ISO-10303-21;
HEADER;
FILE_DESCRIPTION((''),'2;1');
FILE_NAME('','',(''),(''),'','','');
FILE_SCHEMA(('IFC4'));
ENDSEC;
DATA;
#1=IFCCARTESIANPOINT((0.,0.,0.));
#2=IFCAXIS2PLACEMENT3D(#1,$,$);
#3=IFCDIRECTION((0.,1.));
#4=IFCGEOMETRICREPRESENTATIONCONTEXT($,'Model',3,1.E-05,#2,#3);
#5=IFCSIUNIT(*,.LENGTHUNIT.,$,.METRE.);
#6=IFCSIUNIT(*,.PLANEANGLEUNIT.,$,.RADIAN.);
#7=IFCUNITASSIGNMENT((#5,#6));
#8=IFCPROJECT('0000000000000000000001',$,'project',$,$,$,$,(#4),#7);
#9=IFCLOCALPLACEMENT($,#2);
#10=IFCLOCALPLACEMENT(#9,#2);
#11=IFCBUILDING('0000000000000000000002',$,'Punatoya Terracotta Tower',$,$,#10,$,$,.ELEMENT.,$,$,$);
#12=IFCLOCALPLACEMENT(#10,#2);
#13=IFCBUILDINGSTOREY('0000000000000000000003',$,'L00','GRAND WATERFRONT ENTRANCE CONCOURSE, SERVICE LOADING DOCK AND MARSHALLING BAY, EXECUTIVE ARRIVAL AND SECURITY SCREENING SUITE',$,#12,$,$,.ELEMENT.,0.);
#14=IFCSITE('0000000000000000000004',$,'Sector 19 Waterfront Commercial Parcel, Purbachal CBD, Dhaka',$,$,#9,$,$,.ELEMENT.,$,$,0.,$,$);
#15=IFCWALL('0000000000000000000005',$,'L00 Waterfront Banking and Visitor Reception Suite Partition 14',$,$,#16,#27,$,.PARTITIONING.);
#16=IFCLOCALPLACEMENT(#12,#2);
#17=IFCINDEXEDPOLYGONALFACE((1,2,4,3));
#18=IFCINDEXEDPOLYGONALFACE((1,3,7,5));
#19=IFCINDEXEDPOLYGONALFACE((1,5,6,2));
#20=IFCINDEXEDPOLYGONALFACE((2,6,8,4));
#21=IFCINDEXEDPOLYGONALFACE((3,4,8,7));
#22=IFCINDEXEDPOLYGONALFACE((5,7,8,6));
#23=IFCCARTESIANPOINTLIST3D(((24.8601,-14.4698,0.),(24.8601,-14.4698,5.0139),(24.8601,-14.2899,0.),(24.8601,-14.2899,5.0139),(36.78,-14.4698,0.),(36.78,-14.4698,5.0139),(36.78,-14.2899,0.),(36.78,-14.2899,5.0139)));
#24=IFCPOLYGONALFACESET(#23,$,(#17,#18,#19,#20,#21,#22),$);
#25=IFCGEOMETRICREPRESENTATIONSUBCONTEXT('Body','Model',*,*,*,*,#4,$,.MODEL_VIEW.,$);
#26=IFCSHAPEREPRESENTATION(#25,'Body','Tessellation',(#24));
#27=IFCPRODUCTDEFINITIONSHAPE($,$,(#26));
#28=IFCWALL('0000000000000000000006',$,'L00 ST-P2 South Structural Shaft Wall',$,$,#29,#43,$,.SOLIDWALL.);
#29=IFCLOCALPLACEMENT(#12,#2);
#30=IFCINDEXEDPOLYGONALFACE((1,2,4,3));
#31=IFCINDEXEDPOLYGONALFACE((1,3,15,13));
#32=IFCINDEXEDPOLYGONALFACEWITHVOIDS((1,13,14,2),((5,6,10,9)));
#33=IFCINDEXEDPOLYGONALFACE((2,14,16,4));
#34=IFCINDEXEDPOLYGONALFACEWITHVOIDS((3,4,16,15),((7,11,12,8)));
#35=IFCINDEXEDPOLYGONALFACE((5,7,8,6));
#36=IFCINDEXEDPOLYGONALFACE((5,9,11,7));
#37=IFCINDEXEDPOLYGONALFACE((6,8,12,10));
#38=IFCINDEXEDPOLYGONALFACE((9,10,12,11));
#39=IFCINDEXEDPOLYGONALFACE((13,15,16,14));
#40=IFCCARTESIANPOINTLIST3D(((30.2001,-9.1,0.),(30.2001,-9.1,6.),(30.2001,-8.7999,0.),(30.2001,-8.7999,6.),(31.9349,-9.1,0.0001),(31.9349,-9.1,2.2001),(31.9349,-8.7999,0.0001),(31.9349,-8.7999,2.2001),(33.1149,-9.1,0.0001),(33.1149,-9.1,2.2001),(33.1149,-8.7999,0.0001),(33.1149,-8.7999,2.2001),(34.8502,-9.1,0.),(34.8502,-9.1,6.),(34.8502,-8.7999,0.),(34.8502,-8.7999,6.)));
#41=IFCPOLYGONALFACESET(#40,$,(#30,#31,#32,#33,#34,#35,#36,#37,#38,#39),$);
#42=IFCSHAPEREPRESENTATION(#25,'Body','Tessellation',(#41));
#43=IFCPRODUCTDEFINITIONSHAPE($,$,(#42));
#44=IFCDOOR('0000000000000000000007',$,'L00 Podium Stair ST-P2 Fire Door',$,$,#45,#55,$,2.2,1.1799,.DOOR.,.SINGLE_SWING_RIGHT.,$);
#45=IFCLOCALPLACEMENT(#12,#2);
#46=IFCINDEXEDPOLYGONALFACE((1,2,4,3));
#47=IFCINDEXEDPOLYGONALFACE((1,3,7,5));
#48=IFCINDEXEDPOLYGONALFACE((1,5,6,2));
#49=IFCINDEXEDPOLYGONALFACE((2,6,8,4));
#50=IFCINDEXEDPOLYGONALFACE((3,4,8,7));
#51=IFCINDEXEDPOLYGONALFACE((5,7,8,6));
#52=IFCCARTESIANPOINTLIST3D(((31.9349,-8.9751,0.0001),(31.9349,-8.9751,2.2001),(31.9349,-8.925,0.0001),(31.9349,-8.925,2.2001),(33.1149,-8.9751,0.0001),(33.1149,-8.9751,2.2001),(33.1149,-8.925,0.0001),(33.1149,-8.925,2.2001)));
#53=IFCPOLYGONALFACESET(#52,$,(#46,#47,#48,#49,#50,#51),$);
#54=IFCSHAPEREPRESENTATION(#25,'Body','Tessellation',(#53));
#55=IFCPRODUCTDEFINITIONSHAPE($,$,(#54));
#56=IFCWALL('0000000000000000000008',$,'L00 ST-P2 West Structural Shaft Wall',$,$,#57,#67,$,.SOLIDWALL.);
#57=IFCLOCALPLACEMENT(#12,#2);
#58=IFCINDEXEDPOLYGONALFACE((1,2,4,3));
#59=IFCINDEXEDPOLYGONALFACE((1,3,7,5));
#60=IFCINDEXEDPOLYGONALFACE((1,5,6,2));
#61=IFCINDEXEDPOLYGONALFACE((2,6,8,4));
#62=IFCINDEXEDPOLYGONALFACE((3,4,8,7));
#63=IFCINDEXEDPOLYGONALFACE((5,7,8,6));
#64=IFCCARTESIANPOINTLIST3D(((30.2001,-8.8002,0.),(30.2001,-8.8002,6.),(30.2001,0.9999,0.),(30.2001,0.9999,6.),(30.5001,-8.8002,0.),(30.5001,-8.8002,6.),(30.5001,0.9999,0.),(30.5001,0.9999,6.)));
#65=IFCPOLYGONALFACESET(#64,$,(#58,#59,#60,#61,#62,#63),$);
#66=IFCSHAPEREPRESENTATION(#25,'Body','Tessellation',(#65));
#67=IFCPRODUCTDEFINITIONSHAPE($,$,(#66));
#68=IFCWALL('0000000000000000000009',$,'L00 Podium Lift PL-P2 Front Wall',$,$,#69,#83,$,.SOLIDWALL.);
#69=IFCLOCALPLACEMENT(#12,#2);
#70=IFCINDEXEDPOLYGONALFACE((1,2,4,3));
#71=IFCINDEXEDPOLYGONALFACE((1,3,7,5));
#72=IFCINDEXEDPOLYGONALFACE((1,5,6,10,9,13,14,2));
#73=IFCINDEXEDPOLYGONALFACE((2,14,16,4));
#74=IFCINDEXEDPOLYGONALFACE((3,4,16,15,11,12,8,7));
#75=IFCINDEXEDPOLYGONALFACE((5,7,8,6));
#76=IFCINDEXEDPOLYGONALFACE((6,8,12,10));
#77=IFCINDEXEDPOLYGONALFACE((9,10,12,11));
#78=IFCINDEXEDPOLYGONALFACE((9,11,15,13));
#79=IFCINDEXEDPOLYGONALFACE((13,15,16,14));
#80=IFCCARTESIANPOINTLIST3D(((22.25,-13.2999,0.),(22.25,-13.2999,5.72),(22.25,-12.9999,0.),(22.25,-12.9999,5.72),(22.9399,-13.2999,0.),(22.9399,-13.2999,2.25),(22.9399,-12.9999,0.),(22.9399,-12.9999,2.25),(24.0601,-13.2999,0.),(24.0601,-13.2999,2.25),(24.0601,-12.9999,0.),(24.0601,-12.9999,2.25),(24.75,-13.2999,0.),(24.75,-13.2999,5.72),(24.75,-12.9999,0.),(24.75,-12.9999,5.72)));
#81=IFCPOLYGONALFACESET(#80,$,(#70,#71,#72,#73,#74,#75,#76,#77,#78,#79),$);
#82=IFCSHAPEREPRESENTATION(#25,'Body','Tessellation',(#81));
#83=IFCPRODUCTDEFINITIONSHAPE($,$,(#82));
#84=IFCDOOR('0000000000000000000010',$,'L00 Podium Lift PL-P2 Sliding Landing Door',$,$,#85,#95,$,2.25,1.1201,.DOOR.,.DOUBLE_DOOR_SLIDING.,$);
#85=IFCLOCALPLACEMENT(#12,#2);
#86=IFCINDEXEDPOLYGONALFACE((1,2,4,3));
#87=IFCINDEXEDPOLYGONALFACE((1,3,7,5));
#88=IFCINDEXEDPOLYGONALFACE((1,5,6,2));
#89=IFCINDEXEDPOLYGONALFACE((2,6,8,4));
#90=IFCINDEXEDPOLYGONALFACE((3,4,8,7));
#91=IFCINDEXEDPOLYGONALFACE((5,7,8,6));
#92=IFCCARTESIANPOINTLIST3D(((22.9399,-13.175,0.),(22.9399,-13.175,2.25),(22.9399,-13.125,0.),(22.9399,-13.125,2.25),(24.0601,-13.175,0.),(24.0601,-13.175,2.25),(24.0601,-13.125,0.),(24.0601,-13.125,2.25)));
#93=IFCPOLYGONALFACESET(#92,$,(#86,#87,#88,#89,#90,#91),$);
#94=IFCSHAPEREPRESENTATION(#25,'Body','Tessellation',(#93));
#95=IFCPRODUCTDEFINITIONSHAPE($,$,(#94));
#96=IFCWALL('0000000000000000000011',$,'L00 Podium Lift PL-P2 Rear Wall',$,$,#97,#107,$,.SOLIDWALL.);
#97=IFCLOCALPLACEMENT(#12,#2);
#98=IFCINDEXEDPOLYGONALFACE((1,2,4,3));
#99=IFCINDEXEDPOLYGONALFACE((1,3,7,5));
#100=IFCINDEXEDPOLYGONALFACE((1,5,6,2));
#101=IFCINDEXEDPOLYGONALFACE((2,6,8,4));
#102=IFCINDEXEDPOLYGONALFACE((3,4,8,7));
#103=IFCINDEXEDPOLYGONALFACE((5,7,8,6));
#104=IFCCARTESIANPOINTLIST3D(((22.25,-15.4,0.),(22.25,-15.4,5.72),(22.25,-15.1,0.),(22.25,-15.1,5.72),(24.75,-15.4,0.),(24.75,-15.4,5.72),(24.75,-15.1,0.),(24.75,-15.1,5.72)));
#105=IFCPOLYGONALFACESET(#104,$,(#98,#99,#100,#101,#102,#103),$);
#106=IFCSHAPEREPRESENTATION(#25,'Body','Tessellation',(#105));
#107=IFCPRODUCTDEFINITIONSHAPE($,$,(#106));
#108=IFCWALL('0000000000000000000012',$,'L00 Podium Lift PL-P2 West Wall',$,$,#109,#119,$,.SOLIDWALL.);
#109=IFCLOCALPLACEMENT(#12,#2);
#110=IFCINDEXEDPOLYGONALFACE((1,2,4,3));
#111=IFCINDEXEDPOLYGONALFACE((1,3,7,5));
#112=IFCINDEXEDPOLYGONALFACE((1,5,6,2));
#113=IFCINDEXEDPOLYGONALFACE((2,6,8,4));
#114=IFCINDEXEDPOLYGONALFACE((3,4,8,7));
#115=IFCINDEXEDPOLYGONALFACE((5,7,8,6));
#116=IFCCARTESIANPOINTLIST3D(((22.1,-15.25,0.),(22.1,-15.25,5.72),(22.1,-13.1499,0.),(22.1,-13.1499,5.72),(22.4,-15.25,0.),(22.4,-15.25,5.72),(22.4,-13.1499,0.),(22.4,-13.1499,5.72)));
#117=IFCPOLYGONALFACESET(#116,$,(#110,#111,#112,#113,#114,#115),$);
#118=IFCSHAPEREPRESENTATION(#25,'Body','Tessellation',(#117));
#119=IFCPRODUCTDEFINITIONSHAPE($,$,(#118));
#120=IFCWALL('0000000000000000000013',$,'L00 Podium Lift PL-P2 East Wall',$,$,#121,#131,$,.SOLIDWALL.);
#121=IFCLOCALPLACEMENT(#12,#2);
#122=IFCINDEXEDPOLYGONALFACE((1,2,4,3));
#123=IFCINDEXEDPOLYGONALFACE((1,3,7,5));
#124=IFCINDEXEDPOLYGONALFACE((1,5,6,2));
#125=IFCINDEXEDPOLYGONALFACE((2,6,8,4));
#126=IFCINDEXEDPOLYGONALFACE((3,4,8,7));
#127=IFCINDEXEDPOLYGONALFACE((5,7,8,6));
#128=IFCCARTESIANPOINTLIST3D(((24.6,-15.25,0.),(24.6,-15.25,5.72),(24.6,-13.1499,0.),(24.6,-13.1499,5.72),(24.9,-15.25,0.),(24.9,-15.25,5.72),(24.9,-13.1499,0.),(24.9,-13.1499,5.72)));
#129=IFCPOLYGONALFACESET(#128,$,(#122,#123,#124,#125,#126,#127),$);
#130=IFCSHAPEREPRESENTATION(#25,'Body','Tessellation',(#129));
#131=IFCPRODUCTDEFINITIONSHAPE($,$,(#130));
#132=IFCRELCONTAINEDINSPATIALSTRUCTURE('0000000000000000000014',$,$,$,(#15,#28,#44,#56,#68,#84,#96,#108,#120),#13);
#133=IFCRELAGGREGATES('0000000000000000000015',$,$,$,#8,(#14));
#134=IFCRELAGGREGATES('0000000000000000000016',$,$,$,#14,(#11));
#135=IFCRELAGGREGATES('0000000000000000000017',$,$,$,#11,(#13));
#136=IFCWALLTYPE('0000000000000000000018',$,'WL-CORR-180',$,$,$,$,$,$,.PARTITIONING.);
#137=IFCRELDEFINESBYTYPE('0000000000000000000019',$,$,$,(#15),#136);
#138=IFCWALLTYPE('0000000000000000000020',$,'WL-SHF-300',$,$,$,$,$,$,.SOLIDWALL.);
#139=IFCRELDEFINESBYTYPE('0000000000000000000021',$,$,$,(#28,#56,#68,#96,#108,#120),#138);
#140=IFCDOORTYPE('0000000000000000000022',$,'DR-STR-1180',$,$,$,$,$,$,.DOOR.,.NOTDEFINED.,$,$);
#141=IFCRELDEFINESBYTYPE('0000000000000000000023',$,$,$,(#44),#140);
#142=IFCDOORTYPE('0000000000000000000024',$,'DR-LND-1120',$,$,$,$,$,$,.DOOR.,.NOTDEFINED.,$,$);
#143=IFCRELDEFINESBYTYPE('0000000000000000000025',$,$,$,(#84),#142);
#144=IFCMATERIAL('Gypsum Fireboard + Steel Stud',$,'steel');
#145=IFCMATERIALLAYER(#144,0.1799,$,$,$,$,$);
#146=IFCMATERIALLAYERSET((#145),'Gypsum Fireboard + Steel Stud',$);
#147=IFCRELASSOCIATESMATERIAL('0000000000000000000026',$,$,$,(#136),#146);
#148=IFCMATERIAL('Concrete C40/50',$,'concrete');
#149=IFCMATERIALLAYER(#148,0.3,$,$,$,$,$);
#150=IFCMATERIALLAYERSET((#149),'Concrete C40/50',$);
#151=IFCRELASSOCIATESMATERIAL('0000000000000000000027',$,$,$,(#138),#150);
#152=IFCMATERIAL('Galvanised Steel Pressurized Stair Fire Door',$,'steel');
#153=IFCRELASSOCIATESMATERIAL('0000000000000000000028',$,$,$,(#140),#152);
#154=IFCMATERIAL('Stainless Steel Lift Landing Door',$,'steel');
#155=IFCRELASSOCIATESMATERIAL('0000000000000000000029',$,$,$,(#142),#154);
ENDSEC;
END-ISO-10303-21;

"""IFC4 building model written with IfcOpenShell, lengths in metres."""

from ifc_helpers import new_model, si_unit, direction, frame, frame_2d, origin, place, context, subcontext, project, spatial, rectangle, extrude, material, layer, layer_set, type_object, element, fill, save


model = new_model("IFC4")

# Units and contexts
model_context = context("Model", 3, precision=1e-05, world=origin(), true_north=direction((0.0, 1.0)))
body_context = subcontext(model_context, "Body", "Model", "MODEL_VIEW")
ifc_project = project(units=[si_unit("LENGTHUNIT", "METRE"), si_unit("PLANEANGLEUNIT", "RADIAN")], contexts=[model_context])

# Site, building, storey
site_placement = place(None, origin())
site = spatial("IfcSite", under=ifc_project, at=site_placement, Name="Sector 19 Waterfront Commercial Parcel, Purbachal CBD, Dhaka", CompositionType="ELEMENT", RefElevation=0.0)
building_placement = place(site_placement, origin())
building = spatial("IfcBuilding", under=site, at=building_placement, Name="Punatoya Terracotta Tower", CompositionType="ELEMENT")
storey_placement = place(building_placement, origin())
storey = spatial("IfcBuildingStorey", under=building, at=storey_placement, Name="L00", Description="GRAND WATERFRONT ENTRANCE CONCOURSE, SERVICE LOADING DOCK AND MARSHALLING BAY, EXECUTIVE ARRIVAL AND SECURITY SCREENING SUITE", CompositionType="ELEMENT", Elevation=0.0)

# Shared definitions
ifc_material_1 = material(Name="Gypsum Fireboard + Steel Stud", Category="steel")
ifc_layer_1 = layer(ifc_material_1, 0.1799)
ifc_layer_set_1 = layer_set([ifc_layer_1], Name="Gypsum Fireboard + Steel Stud")
wall_type_1 = type_object("IfcWallType", Name="WL-CORR-180", PredefinedType="PARTITIONING", material=ifc_layer_set_1)

# Wall
wall_1_placement = place(storey_placement, frame((24.8601, -14.3799, 0.0), z_axis=(0.0, 0.0, 1.0), x_axis=(1.0, 0.0, 0.0)))
element("IfcWall", 1, at=wall_1_placement, inside=storey, type_object=wall_type_1, Name="L00 Waterfront Banking and Visitor Reception Suite Partition 14", PredefinedType="PARTITIONING", context=body_context, shape_type="SweptSolid", body=[
    extrude(rectangle(XDim=11.9199, YDim=0.1799, at=frame_2d((5.96, 0.0))), origin(), (0.0, 0.0, 1.0), 5.0139),
])

# Wall, opening, door
ifc_material_2 = material(Name="Concrete C40/50", Category="concrete")
ifc_layer_2 = layer(ifc_material_2, 0.3)
ifc_layer_set_2 = layer_set([ifc_layer_2], Name="Concrete C40/50")
wall_type_2 = type_object("IfcWallType", Name="WL-SHF-300", PredefinedType="SOLIDWALL", material=ifc_layer_set_2)
wall_2_placement = place(storey_placement, frame((30.2, -8.95, 0.0), z_axis=(0.0, 0.0, 1.0), x_axis=(1.0, 0.0, 0.0)))
wall_2 = element("IfcWall", 2, at=wall_2_placement, inside=storey, type_object=wall_type_2, Name="L00 ST-P2 South Structural Shaft Wall", PredefinedType="SOLIDWALL", context=body_context, shape_type="SweptSolid", body=[
    extrude(rectangle(XDim=4.6501, YDim=0.3, at=frame_2d((2.3252, 0.0))), origin(), (0.0, 0.0, 1.0), 6.0),
])
opening_1_placement = place(wall_2_placement, frame((1.7351, 0.0, 0.0)))
opening_1 = element("IfcOpeningElement", 3, at=opening_1_placement, cuts=wall_2, PredefinedType="OPENING", context=body_context, shape_type="SweptSolid", body=[
    extrude(rectangle(XDim=1.1799, YDim=2.2, at=frame_2d((0.5898, 1.1001))), frame((0.0, 0.1599, 0.0), z_axis=(0.0, -1.0, 0.0), x_axis=(1.0, 0.0, 0.0)), (0.0, 0.0, 1.0), 0.3201),
])
ifc_material_3 = material(Name="Galvanised Steel Pressurized Stair Fire Door", Category="steel")
door_type_1 = type_object("IfcDoorType", Name="DR-STR-1180", OperationType="NOTDEFINED", PredefinedType="DOOR", material=ifc_material_3)
door_1_placement = place(opening_1_placement, origin())
door_1 = element("IfcDoor", 4, at=door_1_placement, inside=storey, type_object=door_type_1, Name="L00 Podium Stair ST-P2 Fire Door", OperationType="SINGLE_SWING_RIGHT", OverallHeight=2.2, OverallWidth=1.1799, PredefinedType="DOOR", context=body_context, shape_type="SweptSolid", body=[
    extrude(rectangle(XDim=1.1799, YDim=2.2, at=frame_2d((0.5898, 1.1001))), frame((0.0, 0.0249, 0.0), z_axis=(0.0, -1.0, 0.0), x_axis=(1.0, 0.0, 0.0)), (0.0, 0.0, 1.0), 0.05),
])
fill(opening_1, door_1)

# Wall
wall_3_placement = place(storey_placement, frame((30.3501, -8.8, 0.0), z_axis=(0.0, 0.0, 1.0), x_axis=(0.0, 1.0, 0.0)))
element("IfcWall", 5, at=wall_3_placement, inside=storey, type_object=wall_type_2, Name="L00 ST-P2 West Structural Shaft Wall", PredefinedType="SOLIDWALL", context=body_context, shape_type="SweptSolid", body=[
    extrude(rectangle(XDim=9.8, YDim=0.3, at=frame_2d((4.8999, 0.0))), origin(), (0.0, 0.0, 1.0), 6.0),
])

# Wall, opening, door
wall_4_placement = place(storey_placement, frame((22.25, -13.1499, 0.0), z_axis=(0.0, 0.0, 1.0), x_axis=(1.0, 0.0, 0.0)))
wall_4 = element("IfcWall", 6, at=wall_4_placement, inside=storey, type_object=wall_type_2, Name="L00 Podium Lift PL-P2 Front Wall", PredefinedType="SOLIDWALL", context=body_context, shape_type="SweptSolid", body=[
    extrude(rectangle(XDim=2.5, YDim=0.3, at=frame_2d((1.25, 0.0))), origin(), (0.0, 0.0, 1.0), 5.72),
])
opening_2_placement = place(wall_4_placement, frame((0.6899, 0.0, 0.0)))
opening_2 = element("IfcOpeningElement", 7, at=opening_2_placement, cuts=wall_4, PredefinedType="OPENING", context=body_context, shape_type="SweptSolid", body=[
    extrude(rectangle(XDim=1.1201, YDim=2.25, at=frame_2d((0.5601, 1.125))), frame((0.0, 0.1599, 0.0), z_axis=(0.0, -1.0, 0.0), x_axis=(1.0, 0.0, 0.0)), (0.0, 0.0, 1.0), 0.3201),
])
ifc_material_4 = material(Name="Stainless Steel Lift Landing Door", Category="steel")
door_type_2 = type_object("IfcDoorType", Name="DR-LND-1120", OperationType="NOTDEFINED", PredefinedType="DOOR", material=ifc_material_4)
door_2_placement = place(opening_2_placement, origin())
door_2 = element("IfcDoor", 8, at=door_2_placement, inside=storey, type_object=door_type_2, Name="L00 Podium Lift PL-P2 Sliding Landing Door", OperationType="DOUBLE_DOOR_SLIDING", OverallHeight=2.25, OverallWidth=1.1201, PredefinedType="DOOR", context=body_context, shape_type="SweptSolid", body=[
    extrude(rectangle(XDim=1.1201, YDim=2.25, at=frame_2d((0.5601, 1.125))), frame((0.0, 0.0249, 0.0), z_axis=(0.0, -1.0, 0.0), x_axis=(1.0, 0.0, 0.0)), (0.0, 0.0, 1.0), 0.05),
])
fill(opening_2, door_2)

# Walls
wall_5_placement = place(storey_placement, frame((22.25, -15.25, 0.0), z_axis=(0.0, 0.0, 1.0), x_axis=(1.0, 0.0, 0.0)))
element("IfcWall", 9, at=wall_5_placement, inside=storey, type_object=wall_type_2, Name="L00 Podium Lift PL-P2 Rear Wall", PredefinedType="SOLIDWALL", context=body_context, shape_type="SweptSolid", body=[
    extrude(rectangle(XDim=2.5, YDim=0.3, at=frame_2d((1.25, 0.0))), origin(), (0.0, 0.0, 1.0), 5.72),
])
for number, where, z_axis, x_axis, name in (
    (10, (22.25, -15.25, 0.0), (0.0, 0.0, 1.0), (0.0, 1.0, 0.0), "L00 Podium Lift PL-P2 West Wall"),
    (11, (24.75, -15.25, 0.0), (0.0, 0.0, 1.0), (0.0, 1.0, 0.0), "L00 Podium Lift PL-P2 East Wall"),
):
    element("IfcWall", number, at=place(storey_placement, frame(where, z_axis=z_axis, x_axis=x_axis)), inside=storey, type_object=wall_type_2, Name=name, PredefinedType="SOLIDWALL", context=body_context, shape_type="SweptSolid", body=[
        extrude(rectangle(XDim=2.1001, YDim=0.3, at=frame_2d((1.05, 0.0))), origin(), (0.0, 0.0, 1.0), 5.72),
    ])

save(model, "model.ifc")
